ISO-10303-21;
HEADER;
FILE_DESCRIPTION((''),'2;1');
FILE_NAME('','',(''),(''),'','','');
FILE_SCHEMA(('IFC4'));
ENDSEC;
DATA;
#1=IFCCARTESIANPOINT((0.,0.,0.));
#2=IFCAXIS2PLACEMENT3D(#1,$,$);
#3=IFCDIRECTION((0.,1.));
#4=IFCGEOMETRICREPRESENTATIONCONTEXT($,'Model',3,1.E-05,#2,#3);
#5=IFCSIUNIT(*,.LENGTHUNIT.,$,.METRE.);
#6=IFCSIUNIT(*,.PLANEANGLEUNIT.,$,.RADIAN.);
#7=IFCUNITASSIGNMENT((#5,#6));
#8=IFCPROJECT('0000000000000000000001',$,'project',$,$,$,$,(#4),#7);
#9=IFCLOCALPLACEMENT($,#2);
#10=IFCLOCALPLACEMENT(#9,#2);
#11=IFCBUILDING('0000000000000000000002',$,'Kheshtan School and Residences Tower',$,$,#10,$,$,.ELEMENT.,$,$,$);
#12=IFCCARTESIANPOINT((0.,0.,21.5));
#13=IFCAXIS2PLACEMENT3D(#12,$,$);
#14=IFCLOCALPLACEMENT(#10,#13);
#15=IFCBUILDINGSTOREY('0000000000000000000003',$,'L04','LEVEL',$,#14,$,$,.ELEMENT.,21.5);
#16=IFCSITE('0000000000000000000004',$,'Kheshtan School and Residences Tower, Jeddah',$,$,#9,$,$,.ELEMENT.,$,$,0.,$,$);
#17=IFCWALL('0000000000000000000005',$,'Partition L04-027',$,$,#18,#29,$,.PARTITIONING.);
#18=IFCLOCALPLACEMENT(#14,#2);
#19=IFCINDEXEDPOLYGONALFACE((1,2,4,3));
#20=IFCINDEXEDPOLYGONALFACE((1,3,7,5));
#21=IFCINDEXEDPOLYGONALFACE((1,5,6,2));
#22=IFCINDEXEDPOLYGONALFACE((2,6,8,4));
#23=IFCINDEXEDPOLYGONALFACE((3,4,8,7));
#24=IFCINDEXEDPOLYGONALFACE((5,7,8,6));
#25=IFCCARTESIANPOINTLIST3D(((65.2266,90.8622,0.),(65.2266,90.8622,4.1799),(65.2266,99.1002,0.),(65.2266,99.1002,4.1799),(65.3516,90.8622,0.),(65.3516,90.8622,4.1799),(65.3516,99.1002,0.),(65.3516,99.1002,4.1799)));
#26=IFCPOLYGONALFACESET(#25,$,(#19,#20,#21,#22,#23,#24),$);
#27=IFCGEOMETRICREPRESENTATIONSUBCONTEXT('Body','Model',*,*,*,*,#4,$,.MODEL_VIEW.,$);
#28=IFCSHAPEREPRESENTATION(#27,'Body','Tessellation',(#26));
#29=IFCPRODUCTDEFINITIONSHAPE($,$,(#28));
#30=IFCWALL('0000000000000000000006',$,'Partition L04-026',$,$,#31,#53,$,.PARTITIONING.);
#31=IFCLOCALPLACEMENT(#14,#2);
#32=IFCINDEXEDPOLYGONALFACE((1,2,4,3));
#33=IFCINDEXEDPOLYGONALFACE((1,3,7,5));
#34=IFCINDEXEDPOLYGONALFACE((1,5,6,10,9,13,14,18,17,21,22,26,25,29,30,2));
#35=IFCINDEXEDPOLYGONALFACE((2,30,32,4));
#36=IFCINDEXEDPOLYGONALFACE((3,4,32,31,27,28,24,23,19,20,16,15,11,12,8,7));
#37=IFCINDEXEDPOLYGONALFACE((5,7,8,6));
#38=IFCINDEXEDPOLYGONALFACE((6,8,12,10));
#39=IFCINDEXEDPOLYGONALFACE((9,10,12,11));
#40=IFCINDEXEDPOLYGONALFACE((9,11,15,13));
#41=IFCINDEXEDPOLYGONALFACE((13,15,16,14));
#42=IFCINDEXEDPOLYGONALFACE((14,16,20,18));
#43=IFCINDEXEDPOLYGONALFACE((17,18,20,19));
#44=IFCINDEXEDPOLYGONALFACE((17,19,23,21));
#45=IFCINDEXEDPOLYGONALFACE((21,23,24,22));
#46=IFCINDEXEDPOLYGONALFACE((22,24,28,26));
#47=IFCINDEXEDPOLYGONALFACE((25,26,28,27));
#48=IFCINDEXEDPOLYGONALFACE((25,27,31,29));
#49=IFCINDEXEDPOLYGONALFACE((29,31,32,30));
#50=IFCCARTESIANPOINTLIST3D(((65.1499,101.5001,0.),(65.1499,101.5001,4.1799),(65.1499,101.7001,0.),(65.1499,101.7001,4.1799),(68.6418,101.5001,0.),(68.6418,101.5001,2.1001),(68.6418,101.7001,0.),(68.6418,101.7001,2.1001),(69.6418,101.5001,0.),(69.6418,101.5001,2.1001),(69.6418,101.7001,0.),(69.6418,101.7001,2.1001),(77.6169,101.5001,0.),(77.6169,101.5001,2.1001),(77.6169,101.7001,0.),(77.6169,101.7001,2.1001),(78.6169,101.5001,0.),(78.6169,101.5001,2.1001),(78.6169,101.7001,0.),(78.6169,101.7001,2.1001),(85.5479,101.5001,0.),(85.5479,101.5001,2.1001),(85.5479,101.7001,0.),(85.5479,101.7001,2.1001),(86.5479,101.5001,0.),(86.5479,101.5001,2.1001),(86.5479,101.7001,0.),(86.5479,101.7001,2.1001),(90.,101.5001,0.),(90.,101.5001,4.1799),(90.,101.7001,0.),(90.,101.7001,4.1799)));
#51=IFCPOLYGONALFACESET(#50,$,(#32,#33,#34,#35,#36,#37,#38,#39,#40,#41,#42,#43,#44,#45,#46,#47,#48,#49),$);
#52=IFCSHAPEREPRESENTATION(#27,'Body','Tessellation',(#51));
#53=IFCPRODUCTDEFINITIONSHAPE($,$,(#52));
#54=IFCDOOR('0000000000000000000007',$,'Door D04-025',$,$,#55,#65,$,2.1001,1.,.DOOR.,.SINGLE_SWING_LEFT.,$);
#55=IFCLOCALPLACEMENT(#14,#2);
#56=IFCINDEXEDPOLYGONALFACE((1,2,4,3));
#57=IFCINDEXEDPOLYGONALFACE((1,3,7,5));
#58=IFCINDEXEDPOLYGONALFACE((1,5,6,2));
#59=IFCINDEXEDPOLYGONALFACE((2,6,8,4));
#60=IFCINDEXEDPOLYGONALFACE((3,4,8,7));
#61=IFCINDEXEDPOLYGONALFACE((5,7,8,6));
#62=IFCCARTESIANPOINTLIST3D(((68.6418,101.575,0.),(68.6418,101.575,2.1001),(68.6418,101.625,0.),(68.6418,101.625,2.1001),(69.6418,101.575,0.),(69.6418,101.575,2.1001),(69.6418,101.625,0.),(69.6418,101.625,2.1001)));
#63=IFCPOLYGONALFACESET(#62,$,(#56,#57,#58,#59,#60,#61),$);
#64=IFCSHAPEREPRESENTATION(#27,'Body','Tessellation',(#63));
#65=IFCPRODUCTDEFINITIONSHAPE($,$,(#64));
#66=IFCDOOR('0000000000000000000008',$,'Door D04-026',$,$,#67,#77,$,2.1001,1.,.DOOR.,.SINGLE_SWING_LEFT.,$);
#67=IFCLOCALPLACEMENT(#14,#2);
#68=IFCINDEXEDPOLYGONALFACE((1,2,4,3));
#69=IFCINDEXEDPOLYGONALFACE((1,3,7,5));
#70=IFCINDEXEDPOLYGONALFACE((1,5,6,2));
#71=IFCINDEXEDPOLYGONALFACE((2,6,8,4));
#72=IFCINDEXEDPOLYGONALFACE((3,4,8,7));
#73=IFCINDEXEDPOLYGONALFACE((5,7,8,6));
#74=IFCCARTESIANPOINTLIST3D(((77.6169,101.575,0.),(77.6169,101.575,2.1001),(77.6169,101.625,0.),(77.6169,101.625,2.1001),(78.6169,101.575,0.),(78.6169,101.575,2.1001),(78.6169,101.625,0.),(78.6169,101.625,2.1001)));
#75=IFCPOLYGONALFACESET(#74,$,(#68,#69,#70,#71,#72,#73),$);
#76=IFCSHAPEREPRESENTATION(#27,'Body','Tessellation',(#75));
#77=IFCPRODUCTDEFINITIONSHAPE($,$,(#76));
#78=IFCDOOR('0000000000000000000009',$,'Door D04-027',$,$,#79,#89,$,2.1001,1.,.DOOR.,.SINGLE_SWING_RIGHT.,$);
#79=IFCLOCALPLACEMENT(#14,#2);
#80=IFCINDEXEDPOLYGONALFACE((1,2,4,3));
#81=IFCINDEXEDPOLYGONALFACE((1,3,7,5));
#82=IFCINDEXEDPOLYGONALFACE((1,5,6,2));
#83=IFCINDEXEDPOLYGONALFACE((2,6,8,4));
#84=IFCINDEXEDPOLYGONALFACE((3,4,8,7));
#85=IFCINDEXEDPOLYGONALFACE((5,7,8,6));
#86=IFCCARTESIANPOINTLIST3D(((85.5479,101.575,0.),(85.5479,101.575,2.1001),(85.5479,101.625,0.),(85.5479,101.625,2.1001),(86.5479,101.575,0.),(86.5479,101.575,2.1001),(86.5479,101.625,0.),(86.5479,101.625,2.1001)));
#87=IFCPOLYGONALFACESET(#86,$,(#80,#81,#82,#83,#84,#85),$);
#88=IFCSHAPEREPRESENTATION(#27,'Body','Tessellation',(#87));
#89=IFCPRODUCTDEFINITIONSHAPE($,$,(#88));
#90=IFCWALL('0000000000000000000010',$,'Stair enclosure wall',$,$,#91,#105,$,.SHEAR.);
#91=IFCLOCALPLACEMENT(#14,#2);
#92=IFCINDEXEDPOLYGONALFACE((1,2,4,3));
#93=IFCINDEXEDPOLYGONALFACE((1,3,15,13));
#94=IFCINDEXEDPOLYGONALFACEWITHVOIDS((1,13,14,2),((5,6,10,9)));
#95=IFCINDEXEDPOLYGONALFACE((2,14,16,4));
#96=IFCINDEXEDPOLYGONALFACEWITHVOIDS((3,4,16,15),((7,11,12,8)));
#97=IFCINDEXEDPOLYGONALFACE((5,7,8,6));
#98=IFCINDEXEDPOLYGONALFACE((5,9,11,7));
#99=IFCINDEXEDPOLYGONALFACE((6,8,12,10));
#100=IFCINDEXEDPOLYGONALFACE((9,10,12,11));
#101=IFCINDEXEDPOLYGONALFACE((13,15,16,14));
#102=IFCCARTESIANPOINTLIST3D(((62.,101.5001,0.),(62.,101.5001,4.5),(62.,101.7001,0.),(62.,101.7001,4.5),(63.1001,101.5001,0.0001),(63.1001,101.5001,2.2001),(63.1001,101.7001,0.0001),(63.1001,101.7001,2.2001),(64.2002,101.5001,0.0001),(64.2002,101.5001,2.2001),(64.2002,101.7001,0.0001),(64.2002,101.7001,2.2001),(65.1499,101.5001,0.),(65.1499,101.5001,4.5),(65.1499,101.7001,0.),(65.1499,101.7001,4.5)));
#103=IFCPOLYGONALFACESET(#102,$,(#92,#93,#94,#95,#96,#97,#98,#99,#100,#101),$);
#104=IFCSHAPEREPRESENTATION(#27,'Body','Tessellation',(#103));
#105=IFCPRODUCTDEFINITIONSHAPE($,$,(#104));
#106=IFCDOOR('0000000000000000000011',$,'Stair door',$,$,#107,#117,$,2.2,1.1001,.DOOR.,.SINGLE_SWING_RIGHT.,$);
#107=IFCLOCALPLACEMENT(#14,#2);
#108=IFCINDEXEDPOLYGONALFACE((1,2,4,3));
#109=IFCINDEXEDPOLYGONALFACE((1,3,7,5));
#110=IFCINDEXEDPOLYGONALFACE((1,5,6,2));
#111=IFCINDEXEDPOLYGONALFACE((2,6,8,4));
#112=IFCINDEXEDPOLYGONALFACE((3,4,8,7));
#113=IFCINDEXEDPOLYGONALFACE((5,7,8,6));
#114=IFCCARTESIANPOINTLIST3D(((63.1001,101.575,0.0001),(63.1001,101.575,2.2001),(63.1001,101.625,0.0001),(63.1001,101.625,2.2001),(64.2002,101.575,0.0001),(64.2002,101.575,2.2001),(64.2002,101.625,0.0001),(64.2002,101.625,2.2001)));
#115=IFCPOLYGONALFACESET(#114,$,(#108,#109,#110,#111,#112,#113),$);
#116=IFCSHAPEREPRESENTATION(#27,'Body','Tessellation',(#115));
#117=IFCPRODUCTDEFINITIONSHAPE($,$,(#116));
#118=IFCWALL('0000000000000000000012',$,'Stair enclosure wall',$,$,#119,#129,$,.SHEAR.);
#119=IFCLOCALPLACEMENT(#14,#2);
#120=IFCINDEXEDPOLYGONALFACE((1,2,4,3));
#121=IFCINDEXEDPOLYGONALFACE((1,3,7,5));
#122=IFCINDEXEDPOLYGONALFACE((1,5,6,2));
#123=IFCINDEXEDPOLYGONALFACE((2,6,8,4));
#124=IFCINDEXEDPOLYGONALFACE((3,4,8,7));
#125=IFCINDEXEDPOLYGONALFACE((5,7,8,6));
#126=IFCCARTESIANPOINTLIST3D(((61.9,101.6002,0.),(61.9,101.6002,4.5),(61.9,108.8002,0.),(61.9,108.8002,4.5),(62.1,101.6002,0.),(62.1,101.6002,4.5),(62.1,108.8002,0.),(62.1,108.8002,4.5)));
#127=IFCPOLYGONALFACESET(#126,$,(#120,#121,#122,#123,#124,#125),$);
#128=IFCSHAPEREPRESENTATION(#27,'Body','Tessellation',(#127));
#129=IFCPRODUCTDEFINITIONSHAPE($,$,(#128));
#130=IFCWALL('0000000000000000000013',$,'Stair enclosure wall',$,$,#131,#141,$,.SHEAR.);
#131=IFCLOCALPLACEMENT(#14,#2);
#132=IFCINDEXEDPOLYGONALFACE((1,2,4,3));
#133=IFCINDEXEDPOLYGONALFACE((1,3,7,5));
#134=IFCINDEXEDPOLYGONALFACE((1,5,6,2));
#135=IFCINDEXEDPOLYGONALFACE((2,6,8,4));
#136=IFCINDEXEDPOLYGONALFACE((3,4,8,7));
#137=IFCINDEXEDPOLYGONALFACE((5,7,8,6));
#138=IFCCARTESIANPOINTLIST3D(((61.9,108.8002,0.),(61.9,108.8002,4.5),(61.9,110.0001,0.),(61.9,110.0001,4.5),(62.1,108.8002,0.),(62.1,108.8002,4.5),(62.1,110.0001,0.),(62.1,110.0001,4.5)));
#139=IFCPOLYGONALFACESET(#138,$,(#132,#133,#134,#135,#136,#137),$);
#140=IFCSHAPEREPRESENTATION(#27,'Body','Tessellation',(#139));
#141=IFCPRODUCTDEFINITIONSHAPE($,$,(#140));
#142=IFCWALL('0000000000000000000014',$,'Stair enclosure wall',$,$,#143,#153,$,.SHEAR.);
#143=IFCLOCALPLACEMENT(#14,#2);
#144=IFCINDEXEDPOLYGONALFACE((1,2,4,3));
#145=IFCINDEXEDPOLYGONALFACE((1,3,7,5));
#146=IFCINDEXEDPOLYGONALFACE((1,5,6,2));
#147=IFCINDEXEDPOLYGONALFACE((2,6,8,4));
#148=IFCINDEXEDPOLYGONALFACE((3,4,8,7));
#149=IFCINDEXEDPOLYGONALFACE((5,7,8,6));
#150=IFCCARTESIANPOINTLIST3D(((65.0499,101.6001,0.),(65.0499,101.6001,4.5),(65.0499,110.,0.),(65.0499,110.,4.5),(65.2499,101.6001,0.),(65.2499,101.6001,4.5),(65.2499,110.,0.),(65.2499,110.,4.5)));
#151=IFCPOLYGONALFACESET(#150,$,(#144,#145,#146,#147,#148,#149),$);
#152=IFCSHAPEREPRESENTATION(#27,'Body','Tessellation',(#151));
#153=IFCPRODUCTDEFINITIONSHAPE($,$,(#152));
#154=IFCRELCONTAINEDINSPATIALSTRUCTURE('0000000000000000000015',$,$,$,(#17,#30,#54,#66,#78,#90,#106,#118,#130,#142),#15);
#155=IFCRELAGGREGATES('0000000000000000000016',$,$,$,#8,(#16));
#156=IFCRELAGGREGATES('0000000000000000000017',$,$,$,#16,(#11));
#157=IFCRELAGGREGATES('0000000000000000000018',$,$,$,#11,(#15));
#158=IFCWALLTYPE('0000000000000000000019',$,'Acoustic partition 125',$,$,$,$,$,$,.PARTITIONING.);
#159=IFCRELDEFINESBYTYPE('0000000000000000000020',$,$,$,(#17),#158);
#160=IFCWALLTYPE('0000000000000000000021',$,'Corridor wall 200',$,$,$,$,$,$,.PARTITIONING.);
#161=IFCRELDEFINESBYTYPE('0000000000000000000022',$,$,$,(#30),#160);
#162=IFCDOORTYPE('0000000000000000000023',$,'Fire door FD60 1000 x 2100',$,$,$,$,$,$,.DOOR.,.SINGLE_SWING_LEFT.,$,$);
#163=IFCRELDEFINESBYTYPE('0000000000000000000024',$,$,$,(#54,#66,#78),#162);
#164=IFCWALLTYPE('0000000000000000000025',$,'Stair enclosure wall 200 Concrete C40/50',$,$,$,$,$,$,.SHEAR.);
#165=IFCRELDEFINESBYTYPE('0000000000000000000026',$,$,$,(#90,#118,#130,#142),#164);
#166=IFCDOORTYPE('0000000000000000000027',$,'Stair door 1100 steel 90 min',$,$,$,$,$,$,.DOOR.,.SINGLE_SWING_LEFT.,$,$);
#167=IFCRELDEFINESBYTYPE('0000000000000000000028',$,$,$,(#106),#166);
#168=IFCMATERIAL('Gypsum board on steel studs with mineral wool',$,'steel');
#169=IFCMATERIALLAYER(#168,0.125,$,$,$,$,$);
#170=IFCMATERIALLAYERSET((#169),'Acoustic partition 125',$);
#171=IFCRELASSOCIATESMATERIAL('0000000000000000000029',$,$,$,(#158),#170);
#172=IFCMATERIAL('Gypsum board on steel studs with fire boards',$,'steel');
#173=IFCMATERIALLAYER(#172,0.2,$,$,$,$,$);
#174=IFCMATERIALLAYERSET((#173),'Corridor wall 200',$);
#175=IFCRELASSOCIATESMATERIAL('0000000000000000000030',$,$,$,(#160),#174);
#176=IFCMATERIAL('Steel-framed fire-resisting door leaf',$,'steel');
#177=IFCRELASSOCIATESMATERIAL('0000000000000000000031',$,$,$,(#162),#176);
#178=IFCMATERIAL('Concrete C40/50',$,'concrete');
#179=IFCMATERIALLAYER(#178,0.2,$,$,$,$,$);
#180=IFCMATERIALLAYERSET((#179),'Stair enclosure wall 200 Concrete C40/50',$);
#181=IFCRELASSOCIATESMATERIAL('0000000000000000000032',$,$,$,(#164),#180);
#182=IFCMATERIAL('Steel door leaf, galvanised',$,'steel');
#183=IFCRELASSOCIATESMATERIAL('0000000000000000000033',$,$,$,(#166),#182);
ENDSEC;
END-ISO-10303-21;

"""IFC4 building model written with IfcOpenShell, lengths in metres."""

from ifc_helpers import new_model, si_unit, direction, frame, frame_2d, origin, place, context, subcontext, project, spatial, rectangle, extrude, source, transform, mapped, material, layer, layer_set, type_object, element, fill, save


model = new_model("IFC4")

# Units and contexts
model_context = context("Model", 3, precision=1e-05, world=origin(), true_north=direction((0.0, 1.0)))
body_context = subcontext(model_context, "Body", "Model", "MODEL_VIEW")
ifc_project = project(units=[si_unit("LENGTHUNIT", "METRE"), si_unit("PLANEANGLEUNIT", "RADIAN")], contexts=[model_context])

# Site, building, storey
site_placement = place(None, origin())
site = spatial("IfcSite", under=ifc_project, at=site_placement, Name="Kheshtan School and Residences Tower, Jeddah", CompositionType="ELEMENT", RefElevation=0.0)
building_placement = place(site_placement, origin())
building = spatial("IfcBuilding", under=site, at=building_placement, Name="Kheshtan School and Residences Tower", CompositionType="ELEMENT")
storey_placement = place(building_placement, frame((0.0, 0.0, 21.5)))
storey = spatial("IfcBuildingStorey", under=building, at=storey_placement, Name="L04", Description="LEVEL", CompositionType="ELEMENT", Elevation=21.5)

# Wall
ifc_material_1 = material(Name="Gypsum board on steel studs with mineral wool", Category="steel")
ifc_layer_1 = layer(ifc_material_1, 0.125)
ifc_layer_set_1 = layer_set([ifc_layer_1], Name="Acoustic partition 125")
wall_type_1 = type_object("IfcWallType", Name="Acoustic partition 125", PredefinedType="PARTITIONING", material=ifc_layer_set_1)
wall_1_placement = place(storey_placement, frame((65.2891, 90.8621, 0.0), z_axis=(0.0, 0.0, 1.0), x_axis=(0.0, 1.0, 0.0)))
element("IfcWall", 1, at=wall_1_placement, inside=storey, type_object=wall_type_1, Name="Partition L04-027", PredefinedType="PARTITIONING", context=body_context, shape_type="SweptSolid", body=[
    extrude(rectangle(XDim=8.238, YDim=0.125, at=frame_2d((4.1191, 0.0))), origin(), (0.0, 0.0, 1.0), 4.1799),
])

# Wall, openings, doors
ifc_material_2 = material(Name="Gypsum board on steel studs with fire boards", Category="steel")
ifc_layer_2 = layer(ifc_material_2, 0.2)
ifc_layer_set_2 = layer_set([ifc_layer_2], Name="Corridor wall 200")
wall_type_2 = type_object("IfcWallType", Name="Corridor wall 200", PredefinedType="PARTITIONING", material=ifc_layer_set_2)
wall_2_placement = place(storey_placement, frame((65.1499, 101.6001, 0.0), z_axis=(0.0, 0.0, 1.0), x_axis=(1.0, 0.0, 0.0)))
wall_2 = element("IfcWall", 2, at=wall_2_placement, inside=storey, type_object=wall_type_2, Name="Partition L04-026", PredefinedType="PARTITIONING", context=body_context, shape_type="SweptSolid", body=[
    extrude(rectangle(XDim=24.8501, YDim=0.2, at=frame_2d((12.425, 0.0))), origin(), (0.0, 0.0, 1.0), 4.1799),
])
opening_1_placement = place(wall_2_placement, frame((3.4919, 0.0, 0.0)))
opening_1 = element("IfcOpeningElement", 3, at=opening_1_placement, cuts=wall_2, PredefinedType="OPENING", context=body_context, shape_type="SweptSolid", body=[
    extrude(rectangle(XDim=1.0, YDim=2.1001, at=frame_2d((0.5, 1.05))), frame((0.0, 0.1099, 0.0), z_axis=(0.0, -1.0, 0.0), x_axis=(1.0, 0.0, 0.0)), (0.0, 0.0, 1.0), 0.22),
])
opening_2_placement = place(wall_2_placement, frame((12.467, 0.0, 0.0)))
opening_2 = element("IfcOpeningElement", 4, at=opening_2_placement, cuts=wall_2, PredefinedType="OPENING", context=body_context, shape_type="SweptSolid", body=[
    extrude(rectangle(XDim=1.0, YDim=2.1001, at=frame_2d((0.5, 1.05))), frame((0.0, 0.1099, 0.0), z_axis=(0.0, -1.0, 0.0), x_axis=(1.0, 0.0, 0.0)), (0.0, 0.0, 1.0), 0.22),
])
opening_3_placement = place(wall_2_placement, frame((20.3979, 0.0, 0.0)))
opening_3 = element("IfcOpeningElement", 5, at=opening_3_placement, cuts=wall_2, PredefinedType="OPENING", context=body_context, shape_type="SweptSolid", body=[
    extrude(rectangle(XDim=1.0, YDim=2.1001, at=frame_2d((0.5, 1.05))), frame((0.0, 0.1099, 0.0), z_axis=(0.0, -1.0, 0.0), x_axis=(1.0, 0.0, 0.0)), (0.0, 0.0, 1.0), 0.22),
])
ifc_material_3 = material(Name="Steel-framed fire-resisting door leaf", Category="steel")
door_type_1 = type_object("IfcDoorType", Name="Fire door FD60 1000 x 2100", OperationType="SINGLE_SWING_LEFT", PredefinedType="DOOR", material=ifc_material_3)
shared_shape_1 = source(origin(), body_context, "Body", "SweptSolid", [
    extrude(rectangle(XDim=1.0, YDim=2.1001, at=frame_2d((0.5, 1.05))), frame((0.0, 0.0249, 0.0), z_axis=(0.0, -1.0, 0.0), x_axis=(1.0, 0.0, 0.0)), (0.0, 0.0, 1.0), 0.05),
])
door_1_placement = place(opening_1_placement, origin())
door_1 = element("IfcDoor", 6, at=door_1_placement, inside=storey, type_object=door_type_1, Name="Door D04-025", OperationType="SINGLE_SWING_LEFT", OverallHeight=2.1001, OverallWidth=1.0, PredefinedType="DOOR", context=body_context, shape_type="MappedRepresentation", body=[
    mapped(shared_shape_1, transform((0.0, 0.0, 0.0), x_axis=(1.0, 0.0, 0.0), y_axis=(0.0, 1.0, 0.0), z_axis=(0.0, 0.0, 1.0), scale=1.0)),
])
fill(opening_1, door_1)
door_2_placement = place(opening_2_placement, origin())
door_2 = element("IfcDoor", 7, at=door_2_placement, inside=storey, type_object=door_type_1, Name="Door D04-026", OperationType="SINGLE_SWING_LEFT", OverallHeight=2.1001, OverallWidth=1.0, PredefinedType="DOOR", context=body_context, shape_type="MappedRepresentation", body=[
    mapped(shared_shape_1, transform((0.0, 0.0, 0.0), x_axis=(1.0, 0.0, 0.0), y_axis=(0.0, 1.0, 0.0), z_axis=(0.0, 0.0, 1.0), scale=1.0)),
])
fill(opening_2, door_2)
door_3_placement = place(opening_3_placement, origin())
door_3 = element("IfcDoor", 8, at=door_3_placement, inside=storey, type_object=door_type_1, Name="Door D04-027", OperationType="SINGLE_SWING_RIGHT", OverallHeight=2.1001, OverallWidth=1.0, PredefinedType="DOOR", context=body_context, shape_type="MappedRepresentation", body=[
    mapped(shared_shape_1, transform((0.0, 0.0, 0.0), x_axis=(1.0, 0.0, 0.0), y_axis=(0.0, 1.0, 0.0), z_axis=(0.0, 0.0, 1.0), scale=1.0)),
])
fill(opening_3, door_3)

# Wall, opening, door
ifc_material_4 = material(Name="Concrete C40/50", Category="concrete")
ifc_layer_3 = layer(ifc_material_4, 0.2)
ifc_layer_set_3 = layer_set([ifc_layer_3], Name="Stair enclosure wall 200 Concrete C40/50")
wall_type_3 = type_object("IfcWallType", Name="Stair enclosure wall 200 Concrete C40/50", PredefinedType="SHEAR", material=ifc_layer_set_3)
wall_3_placement = place(storey_placement, frame((62.0, 101.6001, 0.0), z_axis=(0.0, 0.0, 1.0), x_axis=(1.0, 0.0, 0.0)))
wall_3 = element("IfcWall", 9, at=wall_3_placement, inside=storey, type_object=wall_type_3, Name="Stair enclosure wall", PredefinedType="SHEAR", context=body_context, shape_type="SweptSolid", body=[
    extrude(rectangle(XDim=3.1499, YDim=0.2, at=frame_2d((1.575, 0.0))), origin(), (0.0, 0.0, 1.0), 4.5),
])
opening_4_placement = place(wall_3_placement, frame((1.1001, 0.0, 0.0)))
opening_4 = element("IfcOpeningElement", 10, at=opening_4_placement, cuts=wall_3, PredefinedType="OPENING", context=body_context, shape_type="SweptSolid", body=[
    extrude(rectangle(XDim=1.1001, YDim=2.2, at=frame_2d((0.55, 1.1001))), frame((0.0, 0.1099, 0.0), z_axis=(0.0, -1.0, 0.0), x_axis=(1.0, 0.0, 0.0)), (0.0, 0.0, 1.0), 0.22),
])
ifc_material_5 = material(Name="Steel door leaf, galvanised", Category="steel")
door_type_2 = type_object("IfcDoorType", Name="Stair door 1100 steel 90 min", OperationType="SINGLE_SWING_LEFT", PredefinedType="DOOR", material=ifc_material_5)
shared_shape_2 = source(origin(), body_context, "Body", "SweptSolid", [
    extrude(rectangle(XDim=1.1001, YDim=2.2, at=frame_2d((0.55, 1.1001))), frame((0.0, 0.0249, 0.0), z_axis=(0.0, -1.0, 0.0), x_axis=(1.0, 0.0, 0.0)), (0.0, 0.0, 1.0), 0.05),
])
door_4_placement = place(opening_4_placement, origin())
door_4 = element("IfcDoor", 11, at=door_4_placement, inside=storey, type_object=door_type_2, Name="Stair door", OperationType="SINGLE_SWING_RIGHT", OverallHeight=2.2, OverallWidth=1.1001, PredefinedType="DOOR", context=body_context, shape_type="MappedRepresentation", body=[
    mapped(shared_shape_2, transform((0.0, 0.0, 0.0), x_axis=(1.0, 0.0, 0.0), y_axis=(0.0, 1.0, 0.0), z_axis=(0.0, 0.0, 1.0), scale=1.0)),
])
fill(opening_4, door_4)

# Walls
wall_4_placement = place(storey_placement, frame((62.0, 101.6001, 0.0), z_axis=(0.0, 0.0, 1.0), x_axis=(0.0, 1.0, 0.0)))
element("IfcWall", 12, at=wall_4_placement, inside=storey, type_object=wall_type_3, Name="Stair enclosure wall", PredefinedType="SHEAR", context=body_context, shape_type="SweptSolid", body=[
    extrude(rectangle(XDim=7.2, YDim=0.2, at=frame_2d((3.6001, 0.0))), origin(), (0.0, 0.0, 1.0), 4.5),
])
wall_5_placement = place(storey_placement, frame((62.0, 108.8, 0.0), z_axis=(0.0, 0.0, 1.0), x_axis=(0.0, 1.0, 0.0)))
element("IfcWall", 13, at=wall_5_placement, inside=storey, type_object=wall_type_3, Name="Stair enclosure wall", PredefinedType="SHEAR", context=body_context, shape_type="SweptSolid", body=[
    extrude(rectangle(XDim=1.2, YDim=0.2, at=frame_2d((0.6001, 0.0))), origin(), (0.0, 0.0, 1.0), 4.5),
])
wall_6_placement = place(storey_placement, frame((65.1499, 101.6001, 0.0), z_axis=(0.0, 0.0, 1.0), x_axis=(0.0, 1.0, 0.0)))
element("IfcWall", 14, at=wall_6_placement, inside=storey, type_object=wall_type_3, Name="Stair enclosure wall", PredefinedType="SHEAR", context=body_context, shape_type="SweptSolid", body=[
    extrude(rectangle(XDim=8.3999, YDim=0.2, at=frame_2d((4.2, 0.0))), origin(), (0.0, 0.0, 1.0), 4.5),
])

save(model, "model.ifc")
